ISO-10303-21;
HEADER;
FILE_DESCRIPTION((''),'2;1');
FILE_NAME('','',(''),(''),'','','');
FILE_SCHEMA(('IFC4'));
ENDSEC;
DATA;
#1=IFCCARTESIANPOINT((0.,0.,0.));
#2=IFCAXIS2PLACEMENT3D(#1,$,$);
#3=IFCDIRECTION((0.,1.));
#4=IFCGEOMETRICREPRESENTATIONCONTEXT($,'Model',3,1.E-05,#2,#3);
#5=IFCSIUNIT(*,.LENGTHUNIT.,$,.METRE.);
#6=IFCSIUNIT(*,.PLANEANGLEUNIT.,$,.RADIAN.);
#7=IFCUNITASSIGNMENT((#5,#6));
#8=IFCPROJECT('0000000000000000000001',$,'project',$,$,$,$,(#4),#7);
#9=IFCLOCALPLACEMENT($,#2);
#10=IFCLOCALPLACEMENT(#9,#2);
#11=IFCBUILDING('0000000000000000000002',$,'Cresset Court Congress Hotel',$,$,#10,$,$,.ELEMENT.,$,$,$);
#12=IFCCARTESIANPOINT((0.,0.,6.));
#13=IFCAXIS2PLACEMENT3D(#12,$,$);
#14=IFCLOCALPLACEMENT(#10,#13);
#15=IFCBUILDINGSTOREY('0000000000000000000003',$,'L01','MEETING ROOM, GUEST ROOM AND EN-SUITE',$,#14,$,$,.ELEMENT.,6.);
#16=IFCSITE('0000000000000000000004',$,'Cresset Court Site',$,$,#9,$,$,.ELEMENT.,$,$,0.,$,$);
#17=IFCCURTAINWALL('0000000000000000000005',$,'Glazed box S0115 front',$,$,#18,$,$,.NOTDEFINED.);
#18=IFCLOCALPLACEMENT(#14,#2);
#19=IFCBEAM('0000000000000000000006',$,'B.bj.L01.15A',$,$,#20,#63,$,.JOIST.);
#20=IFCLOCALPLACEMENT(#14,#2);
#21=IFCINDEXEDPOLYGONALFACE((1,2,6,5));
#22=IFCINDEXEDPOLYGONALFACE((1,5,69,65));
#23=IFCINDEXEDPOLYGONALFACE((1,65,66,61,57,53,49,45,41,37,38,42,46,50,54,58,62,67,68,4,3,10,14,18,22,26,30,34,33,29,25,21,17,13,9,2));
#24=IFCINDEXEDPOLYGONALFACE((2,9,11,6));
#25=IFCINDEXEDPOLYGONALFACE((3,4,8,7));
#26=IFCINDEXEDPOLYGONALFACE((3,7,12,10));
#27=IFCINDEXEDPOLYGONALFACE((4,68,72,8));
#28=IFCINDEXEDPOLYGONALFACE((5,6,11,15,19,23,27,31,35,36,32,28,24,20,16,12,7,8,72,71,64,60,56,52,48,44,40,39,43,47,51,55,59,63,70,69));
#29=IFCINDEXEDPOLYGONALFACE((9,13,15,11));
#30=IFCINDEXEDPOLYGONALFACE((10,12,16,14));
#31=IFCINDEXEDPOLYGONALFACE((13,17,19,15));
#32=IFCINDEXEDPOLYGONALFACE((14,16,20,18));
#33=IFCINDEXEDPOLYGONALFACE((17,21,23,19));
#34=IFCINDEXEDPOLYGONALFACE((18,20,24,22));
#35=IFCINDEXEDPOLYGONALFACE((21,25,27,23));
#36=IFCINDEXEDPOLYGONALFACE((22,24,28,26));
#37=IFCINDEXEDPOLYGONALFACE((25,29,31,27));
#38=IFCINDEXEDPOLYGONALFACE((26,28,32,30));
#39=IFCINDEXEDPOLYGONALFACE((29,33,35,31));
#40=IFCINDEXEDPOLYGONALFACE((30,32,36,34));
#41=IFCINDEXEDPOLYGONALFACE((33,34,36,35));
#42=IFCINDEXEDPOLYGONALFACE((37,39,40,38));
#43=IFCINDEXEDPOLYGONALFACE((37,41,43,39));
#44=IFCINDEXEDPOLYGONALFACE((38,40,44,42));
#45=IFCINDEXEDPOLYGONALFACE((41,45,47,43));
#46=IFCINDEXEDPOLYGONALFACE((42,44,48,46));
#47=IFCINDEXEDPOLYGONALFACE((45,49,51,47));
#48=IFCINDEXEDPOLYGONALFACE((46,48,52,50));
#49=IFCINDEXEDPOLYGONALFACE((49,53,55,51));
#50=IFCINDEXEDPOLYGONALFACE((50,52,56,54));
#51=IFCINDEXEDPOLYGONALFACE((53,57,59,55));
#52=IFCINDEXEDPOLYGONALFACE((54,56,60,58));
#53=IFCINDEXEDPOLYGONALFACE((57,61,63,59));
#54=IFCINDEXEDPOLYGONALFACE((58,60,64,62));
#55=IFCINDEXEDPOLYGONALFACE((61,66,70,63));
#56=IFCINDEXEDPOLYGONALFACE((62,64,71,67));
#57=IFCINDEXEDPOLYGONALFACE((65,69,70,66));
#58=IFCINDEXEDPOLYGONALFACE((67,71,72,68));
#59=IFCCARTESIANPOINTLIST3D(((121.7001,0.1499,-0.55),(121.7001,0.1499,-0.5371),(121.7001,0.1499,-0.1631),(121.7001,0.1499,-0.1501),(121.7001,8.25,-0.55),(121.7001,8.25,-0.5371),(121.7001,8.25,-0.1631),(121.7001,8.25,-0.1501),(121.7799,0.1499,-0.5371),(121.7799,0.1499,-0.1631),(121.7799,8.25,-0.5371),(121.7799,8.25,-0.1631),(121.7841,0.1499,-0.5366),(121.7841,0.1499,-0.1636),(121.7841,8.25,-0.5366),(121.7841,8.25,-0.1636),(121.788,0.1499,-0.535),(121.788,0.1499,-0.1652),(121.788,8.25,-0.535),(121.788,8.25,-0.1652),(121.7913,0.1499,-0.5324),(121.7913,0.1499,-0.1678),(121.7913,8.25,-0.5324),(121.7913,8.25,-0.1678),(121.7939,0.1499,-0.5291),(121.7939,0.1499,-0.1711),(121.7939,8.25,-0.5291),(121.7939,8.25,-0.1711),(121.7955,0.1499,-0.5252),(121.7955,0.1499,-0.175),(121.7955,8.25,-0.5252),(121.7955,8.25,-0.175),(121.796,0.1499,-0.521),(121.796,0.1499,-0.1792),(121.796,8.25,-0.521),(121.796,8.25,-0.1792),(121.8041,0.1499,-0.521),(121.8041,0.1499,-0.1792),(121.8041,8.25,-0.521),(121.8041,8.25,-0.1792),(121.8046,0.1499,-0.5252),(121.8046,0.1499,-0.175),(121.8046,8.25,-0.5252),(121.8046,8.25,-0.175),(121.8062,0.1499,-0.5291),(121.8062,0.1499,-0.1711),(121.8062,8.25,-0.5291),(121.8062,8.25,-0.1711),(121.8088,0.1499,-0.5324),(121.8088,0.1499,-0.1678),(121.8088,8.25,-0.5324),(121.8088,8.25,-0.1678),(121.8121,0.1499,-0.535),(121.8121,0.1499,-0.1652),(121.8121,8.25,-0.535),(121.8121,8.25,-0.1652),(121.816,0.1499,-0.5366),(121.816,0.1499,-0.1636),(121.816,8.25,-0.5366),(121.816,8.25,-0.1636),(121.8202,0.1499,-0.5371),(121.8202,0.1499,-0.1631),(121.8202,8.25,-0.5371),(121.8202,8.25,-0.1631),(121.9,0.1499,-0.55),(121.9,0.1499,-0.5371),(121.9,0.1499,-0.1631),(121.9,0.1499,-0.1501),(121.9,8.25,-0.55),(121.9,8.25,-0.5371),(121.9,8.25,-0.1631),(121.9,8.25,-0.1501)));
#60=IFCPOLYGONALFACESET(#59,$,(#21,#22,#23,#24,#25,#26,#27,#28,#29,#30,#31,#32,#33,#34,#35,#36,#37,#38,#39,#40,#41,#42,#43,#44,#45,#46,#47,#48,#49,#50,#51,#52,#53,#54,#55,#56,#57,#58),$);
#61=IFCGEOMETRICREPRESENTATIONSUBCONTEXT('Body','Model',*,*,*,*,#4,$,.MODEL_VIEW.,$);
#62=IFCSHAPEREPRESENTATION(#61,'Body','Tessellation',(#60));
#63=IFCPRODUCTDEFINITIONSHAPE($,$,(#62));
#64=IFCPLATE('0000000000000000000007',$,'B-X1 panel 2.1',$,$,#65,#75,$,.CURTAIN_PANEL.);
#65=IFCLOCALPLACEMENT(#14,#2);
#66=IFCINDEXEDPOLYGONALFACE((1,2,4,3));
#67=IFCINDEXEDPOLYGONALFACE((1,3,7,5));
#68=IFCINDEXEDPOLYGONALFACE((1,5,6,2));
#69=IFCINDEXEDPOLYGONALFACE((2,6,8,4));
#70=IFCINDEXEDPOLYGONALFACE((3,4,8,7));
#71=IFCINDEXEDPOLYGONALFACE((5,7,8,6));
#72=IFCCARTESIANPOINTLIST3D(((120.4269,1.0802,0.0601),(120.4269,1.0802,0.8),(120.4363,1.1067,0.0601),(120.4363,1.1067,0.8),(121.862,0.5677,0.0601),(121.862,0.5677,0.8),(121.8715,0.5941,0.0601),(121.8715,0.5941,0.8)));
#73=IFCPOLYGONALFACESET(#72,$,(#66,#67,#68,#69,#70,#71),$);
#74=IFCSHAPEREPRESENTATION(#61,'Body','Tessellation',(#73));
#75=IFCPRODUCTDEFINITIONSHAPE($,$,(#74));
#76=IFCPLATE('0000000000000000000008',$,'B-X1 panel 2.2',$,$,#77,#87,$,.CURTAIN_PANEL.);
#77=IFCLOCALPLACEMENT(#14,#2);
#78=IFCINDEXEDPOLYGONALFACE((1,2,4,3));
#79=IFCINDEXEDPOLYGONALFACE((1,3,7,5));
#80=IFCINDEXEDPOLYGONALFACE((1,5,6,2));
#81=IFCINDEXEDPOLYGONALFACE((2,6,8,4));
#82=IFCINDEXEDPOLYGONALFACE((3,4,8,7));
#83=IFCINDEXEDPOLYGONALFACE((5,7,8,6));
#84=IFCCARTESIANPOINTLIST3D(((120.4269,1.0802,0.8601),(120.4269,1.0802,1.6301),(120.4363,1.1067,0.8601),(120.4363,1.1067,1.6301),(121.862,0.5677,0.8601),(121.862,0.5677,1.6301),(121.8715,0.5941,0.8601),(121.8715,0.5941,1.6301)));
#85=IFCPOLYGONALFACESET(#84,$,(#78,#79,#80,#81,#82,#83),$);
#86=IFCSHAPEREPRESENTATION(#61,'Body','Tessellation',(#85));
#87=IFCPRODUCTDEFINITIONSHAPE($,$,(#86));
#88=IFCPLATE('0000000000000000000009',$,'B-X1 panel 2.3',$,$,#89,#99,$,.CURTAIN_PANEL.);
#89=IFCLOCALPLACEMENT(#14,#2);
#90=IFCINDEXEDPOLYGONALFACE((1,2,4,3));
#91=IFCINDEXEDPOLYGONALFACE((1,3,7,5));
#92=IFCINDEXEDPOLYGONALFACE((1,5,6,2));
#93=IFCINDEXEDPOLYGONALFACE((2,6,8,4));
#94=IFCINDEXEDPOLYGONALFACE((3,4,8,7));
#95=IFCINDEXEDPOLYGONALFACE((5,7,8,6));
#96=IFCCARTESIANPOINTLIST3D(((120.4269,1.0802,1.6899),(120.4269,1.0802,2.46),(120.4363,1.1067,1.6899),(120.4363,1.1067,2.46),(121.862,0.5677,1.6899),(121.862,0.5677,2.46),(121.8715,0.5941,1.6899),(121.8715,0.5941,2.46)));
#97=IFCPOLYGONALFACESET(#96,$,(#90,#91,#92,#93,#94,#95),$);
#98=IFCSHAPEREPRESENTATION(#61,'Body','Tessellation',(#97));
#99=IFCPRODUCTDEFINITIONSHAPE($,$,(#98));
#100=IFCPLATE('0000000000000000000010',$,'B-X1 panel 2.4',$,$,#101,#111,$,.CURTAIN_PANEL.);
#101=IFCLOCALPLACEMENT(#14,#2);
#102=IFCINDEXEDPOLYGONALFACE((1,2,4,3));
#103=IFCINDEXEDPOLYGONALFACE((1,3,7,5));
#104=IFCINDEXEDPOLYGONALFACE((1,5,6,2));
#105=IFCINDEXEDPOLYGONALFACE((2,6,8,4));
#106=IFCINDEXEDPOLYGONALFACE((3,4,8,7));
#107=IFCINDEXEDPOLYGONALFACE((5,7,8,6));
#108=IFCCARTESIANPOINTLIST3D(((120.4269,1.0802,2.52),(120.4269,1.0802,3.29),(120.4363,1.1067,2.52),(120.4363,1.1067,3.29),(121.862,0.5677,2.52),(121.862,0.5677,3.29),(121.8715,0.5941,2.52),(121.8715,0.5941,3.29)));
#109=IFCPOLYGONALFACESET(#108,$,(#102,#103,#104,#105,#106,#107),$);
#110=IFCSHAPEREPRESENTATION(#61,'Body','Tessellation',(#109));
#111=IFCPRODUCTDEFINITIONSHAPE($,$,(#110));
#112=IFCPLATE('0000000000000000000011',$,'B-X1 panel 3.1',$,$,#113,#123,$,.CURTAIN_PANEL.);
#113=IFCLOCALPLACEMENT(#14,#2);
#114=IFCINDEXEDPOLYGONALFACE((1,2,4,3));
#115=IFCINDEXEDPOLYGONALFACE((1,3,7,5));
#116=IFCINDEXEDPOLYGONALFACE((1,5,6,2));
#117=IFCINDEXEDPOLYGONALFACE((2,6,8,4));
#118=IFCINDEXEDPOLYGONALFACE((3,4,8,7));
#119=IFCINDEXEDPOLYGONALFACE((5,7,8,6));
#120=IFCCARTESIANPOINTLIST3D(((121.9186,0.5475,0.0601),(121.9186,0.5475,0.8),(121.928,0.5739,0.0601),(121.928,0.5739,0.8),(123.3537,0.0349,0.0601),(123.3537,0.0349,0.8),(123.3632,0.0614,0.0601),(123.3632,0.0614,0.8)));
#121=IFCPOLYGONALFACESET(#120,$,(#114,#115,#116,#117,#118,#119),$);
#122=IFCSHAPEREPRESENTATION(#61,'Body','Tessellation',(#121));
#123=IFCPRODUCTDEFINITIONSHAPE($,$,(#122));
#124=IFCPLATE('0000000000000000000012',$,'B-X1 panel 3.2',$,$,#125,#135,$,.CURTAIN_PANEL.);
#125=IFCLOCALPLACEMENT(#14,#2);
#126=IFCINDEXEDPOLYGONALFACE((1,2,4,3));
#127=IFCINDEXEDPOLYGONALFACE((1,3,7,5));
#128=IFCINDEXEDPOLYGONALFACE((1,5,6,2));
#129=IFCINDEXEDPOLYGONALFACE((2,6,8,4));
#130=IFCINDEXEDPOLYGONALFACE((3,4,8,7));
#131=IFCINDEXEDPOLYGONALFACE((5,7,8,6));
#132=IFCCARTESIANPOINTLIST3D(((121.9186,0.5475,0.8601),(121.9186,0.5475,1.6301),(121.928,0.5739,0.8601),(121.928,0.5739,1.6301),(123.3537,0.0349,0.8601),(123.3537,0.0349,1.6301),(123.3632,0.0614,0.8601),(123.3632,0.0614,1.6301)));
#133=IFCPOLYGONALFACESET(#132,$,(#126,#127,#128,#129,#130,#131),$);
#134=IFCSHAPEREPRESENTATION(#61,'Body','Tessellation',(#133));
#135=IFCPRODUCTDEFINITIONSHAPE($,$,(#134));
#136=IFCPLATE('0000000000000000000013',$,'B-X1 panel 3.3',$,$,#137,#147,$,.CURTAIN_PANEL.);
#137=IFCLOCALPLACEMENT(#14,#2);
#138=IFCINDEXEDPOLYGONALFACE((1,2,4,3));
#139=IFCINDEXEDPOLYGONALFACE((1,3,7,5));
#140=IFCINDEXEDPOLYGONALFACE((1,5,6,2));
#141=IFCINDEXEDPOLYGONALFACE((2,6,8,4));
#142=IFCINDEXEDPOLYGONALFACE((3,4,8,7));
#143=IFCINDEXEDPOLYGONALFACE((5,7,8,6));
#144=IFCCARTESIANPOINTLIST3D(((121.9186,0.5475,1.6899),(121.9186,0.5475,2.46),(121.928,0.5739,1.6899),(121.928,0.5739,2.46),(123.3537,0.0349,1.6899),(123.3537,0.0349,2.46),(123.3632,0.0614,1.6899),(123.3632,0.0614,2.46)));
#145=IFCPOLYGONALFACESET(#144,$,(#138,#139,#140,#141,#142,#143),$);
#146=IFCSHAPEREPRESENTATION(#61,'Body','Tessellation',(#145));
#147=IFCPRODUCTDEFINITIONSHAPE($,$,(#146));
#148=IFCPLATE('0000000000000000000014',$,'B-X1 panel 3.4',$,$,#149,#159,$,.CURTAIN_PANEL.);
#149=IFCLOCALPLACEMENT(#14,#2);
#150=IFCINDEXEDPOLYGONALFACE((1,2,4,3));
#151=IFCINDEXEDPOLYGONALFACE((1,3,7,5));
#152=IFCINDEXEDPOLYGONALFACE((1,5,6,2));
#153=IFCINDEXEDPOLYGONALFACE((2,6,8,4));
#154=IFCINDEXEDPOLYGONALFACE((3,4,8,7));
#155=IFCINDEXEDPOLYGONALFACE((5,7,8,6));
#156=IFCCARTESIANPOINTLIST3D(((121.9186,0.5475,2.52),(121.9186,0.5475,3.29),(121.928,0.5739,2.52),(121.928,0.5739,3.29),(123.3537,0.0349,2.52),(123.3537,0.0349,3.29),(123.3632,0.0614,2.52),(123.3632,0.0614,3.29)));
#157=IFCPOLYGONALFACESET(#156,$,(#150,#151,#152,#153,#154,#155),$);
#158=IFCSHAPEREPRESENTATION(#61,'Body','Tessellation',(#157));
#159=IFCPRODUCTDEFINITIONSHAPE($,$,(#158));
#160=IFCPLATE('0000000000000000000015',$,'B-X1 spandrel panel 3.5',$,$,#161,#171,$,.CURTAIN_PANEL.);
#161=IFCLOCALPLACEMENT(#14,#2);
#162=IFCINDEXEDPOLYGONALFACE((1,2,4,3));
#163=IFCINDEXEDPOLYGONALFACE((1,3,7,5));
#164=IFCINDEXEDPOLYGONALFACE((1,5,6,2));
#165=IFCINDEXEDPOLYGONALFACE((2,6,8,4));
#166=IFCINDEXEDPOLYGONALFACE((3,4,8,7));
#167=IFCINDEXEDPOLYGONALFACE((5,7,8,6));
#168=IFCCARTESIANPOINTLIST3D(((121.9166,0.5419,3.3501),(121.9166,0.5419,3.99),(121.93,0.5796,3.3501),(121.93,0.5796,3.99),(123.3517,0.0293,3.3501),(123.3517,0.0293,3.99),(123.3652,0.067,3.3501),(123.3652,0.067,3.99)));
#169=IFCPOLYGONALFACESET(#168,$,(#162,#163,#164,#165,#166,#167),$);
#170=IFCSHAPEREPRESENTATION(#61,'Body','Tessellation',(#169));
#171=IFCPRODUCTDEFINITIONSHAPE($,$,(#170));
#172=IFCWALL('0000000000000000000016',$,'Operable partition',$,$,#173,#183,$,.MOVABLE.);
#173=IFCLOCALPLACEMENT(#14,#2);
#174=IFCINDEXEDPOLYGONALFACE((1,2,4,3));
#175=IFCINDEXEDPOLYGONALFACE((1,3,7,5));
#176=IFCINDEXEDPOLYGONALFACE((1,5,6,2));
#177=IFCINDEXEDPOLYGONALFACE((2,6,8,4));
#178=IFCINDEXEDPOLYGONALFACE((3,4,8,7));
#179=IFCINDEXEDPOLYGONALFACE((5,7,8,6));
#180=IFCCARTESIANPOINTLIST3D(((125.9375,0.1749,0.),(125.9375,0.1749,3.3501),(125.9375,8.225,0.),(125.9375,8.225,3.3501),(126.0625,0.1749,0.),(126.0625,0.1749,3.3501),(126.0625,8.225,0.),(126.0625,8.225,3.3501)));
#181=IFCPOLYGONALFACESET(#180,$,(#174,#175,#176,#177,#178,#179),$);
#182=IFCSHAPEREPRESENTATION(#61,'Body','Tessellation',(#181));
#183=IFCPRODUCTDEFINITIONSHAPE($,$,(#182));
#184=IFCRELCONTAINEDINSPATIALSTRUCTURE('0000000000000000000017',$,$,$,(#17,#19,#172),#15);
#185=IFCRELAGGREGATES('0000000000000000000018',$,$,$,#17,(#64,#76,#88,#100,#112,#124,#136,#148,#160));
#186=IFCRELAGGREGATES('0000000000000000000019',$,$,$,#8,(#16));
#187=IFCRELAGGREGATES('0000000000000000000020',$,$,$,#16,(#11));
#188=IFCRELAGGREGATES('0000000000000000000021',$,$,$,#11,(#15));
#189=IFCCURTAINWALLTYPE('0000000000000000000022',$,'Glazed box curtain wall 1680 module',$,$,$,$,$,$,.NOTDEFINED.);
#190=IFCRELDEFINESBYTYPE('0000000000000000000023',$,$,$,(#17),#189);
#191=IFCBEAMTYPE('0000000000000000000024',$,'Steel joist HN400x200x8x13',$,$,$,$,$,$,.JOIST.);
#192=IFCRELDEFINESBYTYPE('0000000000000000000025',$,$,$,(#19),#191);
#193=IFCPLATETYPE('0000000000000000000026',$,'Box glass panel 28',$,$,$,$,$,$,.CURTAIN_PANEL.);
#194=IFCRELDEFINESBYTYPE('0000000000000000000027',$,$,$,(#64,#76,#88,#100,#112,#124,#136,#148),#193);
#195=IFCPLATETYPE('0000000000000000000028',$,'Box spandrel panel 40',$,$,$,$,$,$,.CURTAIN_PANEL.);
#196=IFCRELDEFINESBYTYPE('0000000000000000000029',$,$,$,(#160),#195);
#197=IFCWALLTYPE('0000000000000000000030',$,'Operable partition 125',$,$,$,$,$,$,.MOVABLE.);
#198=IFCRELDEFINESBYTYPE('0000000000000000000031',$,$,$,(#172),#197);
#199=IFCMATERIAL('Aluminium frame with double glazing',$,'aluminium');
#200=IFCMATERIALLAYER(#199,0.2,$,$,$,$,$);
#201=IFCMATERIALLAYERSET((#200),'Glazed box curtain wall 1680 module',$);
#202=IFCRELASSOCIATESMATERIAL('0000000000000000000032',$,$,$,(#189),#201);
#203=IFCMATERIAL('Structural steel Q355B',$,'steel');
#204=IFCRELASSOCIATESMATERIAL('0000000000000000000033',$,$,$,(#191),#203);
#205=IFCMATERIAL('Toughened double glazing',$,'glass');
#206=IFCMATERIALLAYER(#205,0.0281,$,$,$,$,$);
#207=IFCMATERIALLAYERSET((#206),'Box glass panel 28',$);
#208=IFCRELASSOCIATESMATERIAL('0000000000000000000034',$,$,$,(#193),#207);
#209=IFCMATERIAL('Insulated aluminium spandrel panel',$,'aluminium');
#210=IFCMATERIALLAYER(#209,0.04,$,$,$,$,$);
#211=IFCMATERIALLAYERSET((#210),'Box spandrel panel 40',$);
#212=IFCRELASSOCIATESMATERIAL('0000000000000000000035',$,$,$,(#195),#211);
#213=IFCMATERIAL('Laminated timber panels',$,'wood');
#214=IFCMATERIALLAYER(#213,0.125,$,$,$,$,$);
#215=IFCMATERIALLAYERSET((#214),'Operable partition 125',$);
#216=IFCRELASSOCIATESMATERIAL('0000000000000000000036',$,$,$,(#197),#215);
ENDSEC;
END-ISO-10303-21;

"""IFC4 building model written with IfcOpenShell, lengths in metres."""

from ifc_helpers import new_model, si_unit, direction, frame, frame_2d, origin, origin_2d, place, context, subcontext, project, spatial, rectangle, i_section, extrude, material, layer, layer_set, material_profile, profile_set, type_object, element, aggregate, save


model = new_model("IFC4")

# Units and contexts
model_context = context("Model", 3, precision=1e-05, world=origin(), true_north=direction((0.0, 1.0)))
body_context = subcontext(model_context, "Body", "Model", "MODEL_VIEW")
ifc_project = project(units=[si_unit("LENGTHUNIT", "METRE"), si_unit("PLANEANGLEUNIT", "RADIAN")], contexts=[model_context])

# Site, building, storey
site_placement = place(None, origin())
site = spatial("IfcSite", under=ifc_project, at=site_placement, Name="Cresset Court Site", CompositionType="ELEMENT", RefElevation=0.0)
building_placement = place(site_placement, origin())
building = spatial("IfcBuilding", under=site, at=building_placement, Name="Cresset Court Congress Hotel", CompositionType="ELEMENT")
storey_placement = place(building_placement, frame((0.0, 0.0, 6.0)))
storey = spatial("IfcBuildingStorey", under=building, at=storey_placement, Name="L01", Description="MEETING ROOM, GUEST ROOM AND EN-SUITE", CompositionType="ELEMENT", Elevation=6.0)

# Curtain wall
ifc_material_1 = material(Name="Aluminium frame with double glazing", Category="aluminium")
ifc_layer_1 = layer(ifc_material_1, 0.2)
ifc_layer_set_1 = layer_set([ifc_layer_1], Name="Glazed box curtain wall 1680 module")
curtain_wall_type = type_object("IfcCurtainWallType", Name="Glazed box curtain wall 1680 module", PredefinedType="NOTDEFINED", material=ifc_layer_set_1)
curtain_wall_placement = place(storey_placement, origin())
curtain_wall = element("IfcCurtainWall", 1, at=curtain_wall_placement, inside=storey, type_object=curtain_wall_type, Name="Glazed box S0115 front", PredefinedType="NOTDEFINED")

# Beam
ifc_material_2 = material(Name="Structural steel Q355B", Category="steel")
ifc_material_profile_1 = material_profile(ifc_material_2, i_section(OverallWidth=0.2, OverallDepth=0.3999, WebThickness=0.0081, FlangeThickness=0.0129, FilletRadius=0.0161, at=origin_2d()), Name="HN400x200x8x13")
ifc_profile_set_1 = profile_set([ifc_material_profile_1], Name="Structural steel Q355B")
beam_type_1 = type_object("IfcBeamType", Name="Steel joist HN400x200x8x13", PredefinedType="JOIST", material=ifc_profile_set_1)
beam_1_placement = place(storey_placement, frame((121.8, 0.1499, -0.3501), z_axis=(0.0, 1.0, 0.0), x_axis=(-1.0, 0.0, 0.0)))
element("IfcBeam", 2, at=beam_1_placement, inside=storey, type_object=beam_type_1, Name="B.bj.L01.15A", PredefinedType="JOIST", context=body_context, shape_type="SweptSolid", body=[
    extrude(i_section(OverallWidth=0.2, OverallDepth=0.3999, WebThickness=0.0081, FlangeThickness=0.0129, FilletRadius=0.0161, at=origin_2d()), origin(), (0.0, 0.0, 1.0), 8.1001),
])

# Plates
ifc_material_3 = material(Name="Toughened double glazing", Category="glass")
ifc_layer_2 = layer(ifc_material_3, 0.0281)
ifc_layer_set_2 = layer_set([ifc_layer_2], Name="Box glass panel 28")
plate_type_1 = type_object("IfcPlateType", Name="Box glass panel 28", PredefinedType="CURTAIN_PANEL", material=ifc_layer_set_2)
plate_1_placement = place(storey_placement, frame((121.1492, 0.8372, 0.0601), z_axis=(0.0, 0.0, 1.0), x_axis=(0.941742, -0.336336, 0.0)))
plate_1 = element("IfcPlate", 3, at=plate_1_placement, type_object=plate_type_1, Name="B-X1 panel 2.1", PredefinedType="CURTAIN_PANEL", context=body_context, shape_type="SweptSolid", body=[
    extrude(rectangle(XDim=1.5239, YDim=0.0281, at=origin_2d()), origin(), (0.0, 0.0, 1.0), 0.74),
])
plate_2_placement = place(storey_placement, frame((121.1492, 0.8372, 0.8601), z_axis=(0.0, 0.0, 1.0), x_axis=(0.941742, -0.336336, 0.0)))
plate_2 = element("IfcPlate", 4, at=plate_2_placement, type_object=plate_type_1, Name="B-X1 panel 2.2", PredefinedType="CURTAIN_PANEL", context=body_context, shape_type="SweptSolid", body=[
    extrude(rectangle(XDim=1.5239, YDim=0.0281, at=origin_2d()), origin(), (0.0, 0.0, 1.0), 0.77),
])
plate_3_placement = place(storey_placement, frame((121.1492, 0.8372, 1.6899), z_axis=(0.0, 0.0, 1.0), x_axis=(0.941742, -0.336336, 0.0)))
plate_3 = element("IfcPlate", 5, at=plate_3_placement, type_object=plate_type_1, Name="B-X1 panel 2.3", PredefinedType="CURTAIN_PANEL", context=body_context, shape_type="SweptSolid", body=[
    extrude(rectangle(XDim=1.5239, YDim=0.0281, at=origin_2d()), origin(), (0.0, 0.0, 1.0), 0.77),
])
plate_4_placement = place(storey_placement, frame((121.1492, 0.8372, 2.52), z_axis=(0.0, 0.0, 1.0), x_axis=(0.941742, -0.336336, 0.0)))
plate_4 = element("IfcPlate", 6, at=plate_4_placement, type_object=plate_type_1, Name="B-X1 panel 2.4", PredefinedType="CURTAIN_PANEL", context=body_context, shape_type="SweptSolid", body=[
    extrude(rectangle(XDim=1.5239, YDim=0.0281, at=origin_2d()), origin(), (0.0, 0.0, 1.0), 0.77),
])
plate_5_placement = place(storey_placement, frame((122.6409, 0.3044, 0.0601), z_axis=(0.0, 0.0, 1.0), x_axis=(0.941742, -0.336336, 0.0)))
plate_5 = element("IfcPlate", 7, at=plate_5_placement, type_object=plate_type_1, Name="B-X1 panel 3.1", PredefinedType="CURTAIN_PANEL", context=body_context, shape_type="SweptSolid", body=[
    extrude(rectangle(XDim=1.5239, YDim=0.0281, at=origin_2d()), origin(), (0.0, 0.0, 1.0), 0.74),
])
plate_6_placement = place(storey_placement, frame((122.6409, 0.3044, 0.8601), z_axis=(0.0, 0.0, 1.0), x_axis=(0.941742, -0.336336, 0.0)))
plate_6 = element("IfcPlate", 8, at=plate_6_placement, type_object=plate_type_1, Name="B-X1 panel 3.2", PredefinedType="CURTAIN_PANEL", context=body_context, shape_type="SweptSolid", body=[
    extrude(rectangle(XDim=1.5239, YDim=0.0281, at=origin_2d()), origin(), (0.0, 0.0, 1.0), 0.77),
])
plate_7_placement = place(storey_placement, frame((122.6409, 0.3044, 1.6899), z_axis=(0.0, 0.0, 1.0), x_axis=(0.941742, -0.336336, 0.0)))
plate_7 = element("IfcPlate", 9, at=plate_7_placement, type_object=plate_type_1, Name="B-X1 panel 3.3", PredefinedType="CURTAIN_PANEL", context=body_context, shape_type="SweptSolid", body=[
    extrude(rectangle(XDim=1.5239, YDim=0.0281, at=origin_2d()), origin(), (0.0, 0.0, 1.0), 0.77),
])
plate_8_placement = place(storey_placement, frame((122.6409, 0.3044, 2.52), z_axis=(0.0, 0.0, 1.0), x_axis=(0.941742, -0.336336, 0.0)))
plate_8 = element("IfcPlate", 10, at=plate_8_placement, type_object=plate_type_1, Name="B-X1 panel 3.4", PredefinedType="CURTAIN_PANEL", context=body_context, shape_type="SweptSolid", body=[
    extrude(rectangle(XDim=1.5239, YDim=0.0281, at=origin_2d()), origin(), (0.0, 0.0, 1.0), 0.77),
])
ifc_material_4 = material(Name="Insulated aluminium spandrel panel", Category="aluminium")
ifc_layer_3 = layer(ifc_material_4, 0.04)
ifc_layer_set_3 = layer_set([ifc_layer_3], Name="Box spandrel panel 40")
plate_type_2 = type_object("IfcPlateType", Name="Box spandrel panel 40", PredefinedType="CURTAIN_PANEL", material=ifc_layer_set_3)
plate_9_placement = place(storey_placement, frame((122.6409, 0.3044, 3.3501), z_axis=(0.0, 0.0, 1.0), x_axis=(0.941742, -0.336336, 0.0)))
plate_9 = element("IfcPlate", 11, at=plate_9_placement, type_object=plate_type_2, Name="B-X1 spandrel panel 3.5", PredefinedType="CURTAIN_PANEL", context=body_context, shape_type="SweptSolid", body=[
    extrude(rectangle(XDim=1.5239, YDim=0.04, at=origin_2d()), origin(), (0.0, 0.0, 1.0), 0.6399),
])
aggregate(curtain_wall, [plate_1, plate_2, plate_3, plate_4, plate_5, plate_6, plate_7, plate_8, plate_9])

# Wall
ifc_material_5 = material(Name="Laminated timber panels", Category="wood")
ifc_layer_4 = layer(ifc_material_5, 0.125)
ifc_layer_set_4 = layer_set([ifc_layer_4], Name="Operable partition 125")
wall_type = type_object("IfcWallType", Name="Operable partition 125", PredefinedType="MOVABLE", material=ifc_layer_set_4)
wall_placement = place(storey_placement, frame((126.0, 0.175, 0.0), z_axis=(0.0, 0.0, 1.0), x_axis=(0.0, 1.0, 0.0)))
element("IfcWall", 12, at=wall_placement, inside=storey, type_object=wall_type, Name="Operable partition", PredefinedType="MOVABLE", context=body_context, shape_type="SweptSolid", body=[
    extrude(rectangle(XDim=8.05, YDim=0.125, at=frame_2d((4.0249, 0.0))), origin(), (0.0, 0.0, 1.0), 3.3501),
])

save(model, "model.ifc")
